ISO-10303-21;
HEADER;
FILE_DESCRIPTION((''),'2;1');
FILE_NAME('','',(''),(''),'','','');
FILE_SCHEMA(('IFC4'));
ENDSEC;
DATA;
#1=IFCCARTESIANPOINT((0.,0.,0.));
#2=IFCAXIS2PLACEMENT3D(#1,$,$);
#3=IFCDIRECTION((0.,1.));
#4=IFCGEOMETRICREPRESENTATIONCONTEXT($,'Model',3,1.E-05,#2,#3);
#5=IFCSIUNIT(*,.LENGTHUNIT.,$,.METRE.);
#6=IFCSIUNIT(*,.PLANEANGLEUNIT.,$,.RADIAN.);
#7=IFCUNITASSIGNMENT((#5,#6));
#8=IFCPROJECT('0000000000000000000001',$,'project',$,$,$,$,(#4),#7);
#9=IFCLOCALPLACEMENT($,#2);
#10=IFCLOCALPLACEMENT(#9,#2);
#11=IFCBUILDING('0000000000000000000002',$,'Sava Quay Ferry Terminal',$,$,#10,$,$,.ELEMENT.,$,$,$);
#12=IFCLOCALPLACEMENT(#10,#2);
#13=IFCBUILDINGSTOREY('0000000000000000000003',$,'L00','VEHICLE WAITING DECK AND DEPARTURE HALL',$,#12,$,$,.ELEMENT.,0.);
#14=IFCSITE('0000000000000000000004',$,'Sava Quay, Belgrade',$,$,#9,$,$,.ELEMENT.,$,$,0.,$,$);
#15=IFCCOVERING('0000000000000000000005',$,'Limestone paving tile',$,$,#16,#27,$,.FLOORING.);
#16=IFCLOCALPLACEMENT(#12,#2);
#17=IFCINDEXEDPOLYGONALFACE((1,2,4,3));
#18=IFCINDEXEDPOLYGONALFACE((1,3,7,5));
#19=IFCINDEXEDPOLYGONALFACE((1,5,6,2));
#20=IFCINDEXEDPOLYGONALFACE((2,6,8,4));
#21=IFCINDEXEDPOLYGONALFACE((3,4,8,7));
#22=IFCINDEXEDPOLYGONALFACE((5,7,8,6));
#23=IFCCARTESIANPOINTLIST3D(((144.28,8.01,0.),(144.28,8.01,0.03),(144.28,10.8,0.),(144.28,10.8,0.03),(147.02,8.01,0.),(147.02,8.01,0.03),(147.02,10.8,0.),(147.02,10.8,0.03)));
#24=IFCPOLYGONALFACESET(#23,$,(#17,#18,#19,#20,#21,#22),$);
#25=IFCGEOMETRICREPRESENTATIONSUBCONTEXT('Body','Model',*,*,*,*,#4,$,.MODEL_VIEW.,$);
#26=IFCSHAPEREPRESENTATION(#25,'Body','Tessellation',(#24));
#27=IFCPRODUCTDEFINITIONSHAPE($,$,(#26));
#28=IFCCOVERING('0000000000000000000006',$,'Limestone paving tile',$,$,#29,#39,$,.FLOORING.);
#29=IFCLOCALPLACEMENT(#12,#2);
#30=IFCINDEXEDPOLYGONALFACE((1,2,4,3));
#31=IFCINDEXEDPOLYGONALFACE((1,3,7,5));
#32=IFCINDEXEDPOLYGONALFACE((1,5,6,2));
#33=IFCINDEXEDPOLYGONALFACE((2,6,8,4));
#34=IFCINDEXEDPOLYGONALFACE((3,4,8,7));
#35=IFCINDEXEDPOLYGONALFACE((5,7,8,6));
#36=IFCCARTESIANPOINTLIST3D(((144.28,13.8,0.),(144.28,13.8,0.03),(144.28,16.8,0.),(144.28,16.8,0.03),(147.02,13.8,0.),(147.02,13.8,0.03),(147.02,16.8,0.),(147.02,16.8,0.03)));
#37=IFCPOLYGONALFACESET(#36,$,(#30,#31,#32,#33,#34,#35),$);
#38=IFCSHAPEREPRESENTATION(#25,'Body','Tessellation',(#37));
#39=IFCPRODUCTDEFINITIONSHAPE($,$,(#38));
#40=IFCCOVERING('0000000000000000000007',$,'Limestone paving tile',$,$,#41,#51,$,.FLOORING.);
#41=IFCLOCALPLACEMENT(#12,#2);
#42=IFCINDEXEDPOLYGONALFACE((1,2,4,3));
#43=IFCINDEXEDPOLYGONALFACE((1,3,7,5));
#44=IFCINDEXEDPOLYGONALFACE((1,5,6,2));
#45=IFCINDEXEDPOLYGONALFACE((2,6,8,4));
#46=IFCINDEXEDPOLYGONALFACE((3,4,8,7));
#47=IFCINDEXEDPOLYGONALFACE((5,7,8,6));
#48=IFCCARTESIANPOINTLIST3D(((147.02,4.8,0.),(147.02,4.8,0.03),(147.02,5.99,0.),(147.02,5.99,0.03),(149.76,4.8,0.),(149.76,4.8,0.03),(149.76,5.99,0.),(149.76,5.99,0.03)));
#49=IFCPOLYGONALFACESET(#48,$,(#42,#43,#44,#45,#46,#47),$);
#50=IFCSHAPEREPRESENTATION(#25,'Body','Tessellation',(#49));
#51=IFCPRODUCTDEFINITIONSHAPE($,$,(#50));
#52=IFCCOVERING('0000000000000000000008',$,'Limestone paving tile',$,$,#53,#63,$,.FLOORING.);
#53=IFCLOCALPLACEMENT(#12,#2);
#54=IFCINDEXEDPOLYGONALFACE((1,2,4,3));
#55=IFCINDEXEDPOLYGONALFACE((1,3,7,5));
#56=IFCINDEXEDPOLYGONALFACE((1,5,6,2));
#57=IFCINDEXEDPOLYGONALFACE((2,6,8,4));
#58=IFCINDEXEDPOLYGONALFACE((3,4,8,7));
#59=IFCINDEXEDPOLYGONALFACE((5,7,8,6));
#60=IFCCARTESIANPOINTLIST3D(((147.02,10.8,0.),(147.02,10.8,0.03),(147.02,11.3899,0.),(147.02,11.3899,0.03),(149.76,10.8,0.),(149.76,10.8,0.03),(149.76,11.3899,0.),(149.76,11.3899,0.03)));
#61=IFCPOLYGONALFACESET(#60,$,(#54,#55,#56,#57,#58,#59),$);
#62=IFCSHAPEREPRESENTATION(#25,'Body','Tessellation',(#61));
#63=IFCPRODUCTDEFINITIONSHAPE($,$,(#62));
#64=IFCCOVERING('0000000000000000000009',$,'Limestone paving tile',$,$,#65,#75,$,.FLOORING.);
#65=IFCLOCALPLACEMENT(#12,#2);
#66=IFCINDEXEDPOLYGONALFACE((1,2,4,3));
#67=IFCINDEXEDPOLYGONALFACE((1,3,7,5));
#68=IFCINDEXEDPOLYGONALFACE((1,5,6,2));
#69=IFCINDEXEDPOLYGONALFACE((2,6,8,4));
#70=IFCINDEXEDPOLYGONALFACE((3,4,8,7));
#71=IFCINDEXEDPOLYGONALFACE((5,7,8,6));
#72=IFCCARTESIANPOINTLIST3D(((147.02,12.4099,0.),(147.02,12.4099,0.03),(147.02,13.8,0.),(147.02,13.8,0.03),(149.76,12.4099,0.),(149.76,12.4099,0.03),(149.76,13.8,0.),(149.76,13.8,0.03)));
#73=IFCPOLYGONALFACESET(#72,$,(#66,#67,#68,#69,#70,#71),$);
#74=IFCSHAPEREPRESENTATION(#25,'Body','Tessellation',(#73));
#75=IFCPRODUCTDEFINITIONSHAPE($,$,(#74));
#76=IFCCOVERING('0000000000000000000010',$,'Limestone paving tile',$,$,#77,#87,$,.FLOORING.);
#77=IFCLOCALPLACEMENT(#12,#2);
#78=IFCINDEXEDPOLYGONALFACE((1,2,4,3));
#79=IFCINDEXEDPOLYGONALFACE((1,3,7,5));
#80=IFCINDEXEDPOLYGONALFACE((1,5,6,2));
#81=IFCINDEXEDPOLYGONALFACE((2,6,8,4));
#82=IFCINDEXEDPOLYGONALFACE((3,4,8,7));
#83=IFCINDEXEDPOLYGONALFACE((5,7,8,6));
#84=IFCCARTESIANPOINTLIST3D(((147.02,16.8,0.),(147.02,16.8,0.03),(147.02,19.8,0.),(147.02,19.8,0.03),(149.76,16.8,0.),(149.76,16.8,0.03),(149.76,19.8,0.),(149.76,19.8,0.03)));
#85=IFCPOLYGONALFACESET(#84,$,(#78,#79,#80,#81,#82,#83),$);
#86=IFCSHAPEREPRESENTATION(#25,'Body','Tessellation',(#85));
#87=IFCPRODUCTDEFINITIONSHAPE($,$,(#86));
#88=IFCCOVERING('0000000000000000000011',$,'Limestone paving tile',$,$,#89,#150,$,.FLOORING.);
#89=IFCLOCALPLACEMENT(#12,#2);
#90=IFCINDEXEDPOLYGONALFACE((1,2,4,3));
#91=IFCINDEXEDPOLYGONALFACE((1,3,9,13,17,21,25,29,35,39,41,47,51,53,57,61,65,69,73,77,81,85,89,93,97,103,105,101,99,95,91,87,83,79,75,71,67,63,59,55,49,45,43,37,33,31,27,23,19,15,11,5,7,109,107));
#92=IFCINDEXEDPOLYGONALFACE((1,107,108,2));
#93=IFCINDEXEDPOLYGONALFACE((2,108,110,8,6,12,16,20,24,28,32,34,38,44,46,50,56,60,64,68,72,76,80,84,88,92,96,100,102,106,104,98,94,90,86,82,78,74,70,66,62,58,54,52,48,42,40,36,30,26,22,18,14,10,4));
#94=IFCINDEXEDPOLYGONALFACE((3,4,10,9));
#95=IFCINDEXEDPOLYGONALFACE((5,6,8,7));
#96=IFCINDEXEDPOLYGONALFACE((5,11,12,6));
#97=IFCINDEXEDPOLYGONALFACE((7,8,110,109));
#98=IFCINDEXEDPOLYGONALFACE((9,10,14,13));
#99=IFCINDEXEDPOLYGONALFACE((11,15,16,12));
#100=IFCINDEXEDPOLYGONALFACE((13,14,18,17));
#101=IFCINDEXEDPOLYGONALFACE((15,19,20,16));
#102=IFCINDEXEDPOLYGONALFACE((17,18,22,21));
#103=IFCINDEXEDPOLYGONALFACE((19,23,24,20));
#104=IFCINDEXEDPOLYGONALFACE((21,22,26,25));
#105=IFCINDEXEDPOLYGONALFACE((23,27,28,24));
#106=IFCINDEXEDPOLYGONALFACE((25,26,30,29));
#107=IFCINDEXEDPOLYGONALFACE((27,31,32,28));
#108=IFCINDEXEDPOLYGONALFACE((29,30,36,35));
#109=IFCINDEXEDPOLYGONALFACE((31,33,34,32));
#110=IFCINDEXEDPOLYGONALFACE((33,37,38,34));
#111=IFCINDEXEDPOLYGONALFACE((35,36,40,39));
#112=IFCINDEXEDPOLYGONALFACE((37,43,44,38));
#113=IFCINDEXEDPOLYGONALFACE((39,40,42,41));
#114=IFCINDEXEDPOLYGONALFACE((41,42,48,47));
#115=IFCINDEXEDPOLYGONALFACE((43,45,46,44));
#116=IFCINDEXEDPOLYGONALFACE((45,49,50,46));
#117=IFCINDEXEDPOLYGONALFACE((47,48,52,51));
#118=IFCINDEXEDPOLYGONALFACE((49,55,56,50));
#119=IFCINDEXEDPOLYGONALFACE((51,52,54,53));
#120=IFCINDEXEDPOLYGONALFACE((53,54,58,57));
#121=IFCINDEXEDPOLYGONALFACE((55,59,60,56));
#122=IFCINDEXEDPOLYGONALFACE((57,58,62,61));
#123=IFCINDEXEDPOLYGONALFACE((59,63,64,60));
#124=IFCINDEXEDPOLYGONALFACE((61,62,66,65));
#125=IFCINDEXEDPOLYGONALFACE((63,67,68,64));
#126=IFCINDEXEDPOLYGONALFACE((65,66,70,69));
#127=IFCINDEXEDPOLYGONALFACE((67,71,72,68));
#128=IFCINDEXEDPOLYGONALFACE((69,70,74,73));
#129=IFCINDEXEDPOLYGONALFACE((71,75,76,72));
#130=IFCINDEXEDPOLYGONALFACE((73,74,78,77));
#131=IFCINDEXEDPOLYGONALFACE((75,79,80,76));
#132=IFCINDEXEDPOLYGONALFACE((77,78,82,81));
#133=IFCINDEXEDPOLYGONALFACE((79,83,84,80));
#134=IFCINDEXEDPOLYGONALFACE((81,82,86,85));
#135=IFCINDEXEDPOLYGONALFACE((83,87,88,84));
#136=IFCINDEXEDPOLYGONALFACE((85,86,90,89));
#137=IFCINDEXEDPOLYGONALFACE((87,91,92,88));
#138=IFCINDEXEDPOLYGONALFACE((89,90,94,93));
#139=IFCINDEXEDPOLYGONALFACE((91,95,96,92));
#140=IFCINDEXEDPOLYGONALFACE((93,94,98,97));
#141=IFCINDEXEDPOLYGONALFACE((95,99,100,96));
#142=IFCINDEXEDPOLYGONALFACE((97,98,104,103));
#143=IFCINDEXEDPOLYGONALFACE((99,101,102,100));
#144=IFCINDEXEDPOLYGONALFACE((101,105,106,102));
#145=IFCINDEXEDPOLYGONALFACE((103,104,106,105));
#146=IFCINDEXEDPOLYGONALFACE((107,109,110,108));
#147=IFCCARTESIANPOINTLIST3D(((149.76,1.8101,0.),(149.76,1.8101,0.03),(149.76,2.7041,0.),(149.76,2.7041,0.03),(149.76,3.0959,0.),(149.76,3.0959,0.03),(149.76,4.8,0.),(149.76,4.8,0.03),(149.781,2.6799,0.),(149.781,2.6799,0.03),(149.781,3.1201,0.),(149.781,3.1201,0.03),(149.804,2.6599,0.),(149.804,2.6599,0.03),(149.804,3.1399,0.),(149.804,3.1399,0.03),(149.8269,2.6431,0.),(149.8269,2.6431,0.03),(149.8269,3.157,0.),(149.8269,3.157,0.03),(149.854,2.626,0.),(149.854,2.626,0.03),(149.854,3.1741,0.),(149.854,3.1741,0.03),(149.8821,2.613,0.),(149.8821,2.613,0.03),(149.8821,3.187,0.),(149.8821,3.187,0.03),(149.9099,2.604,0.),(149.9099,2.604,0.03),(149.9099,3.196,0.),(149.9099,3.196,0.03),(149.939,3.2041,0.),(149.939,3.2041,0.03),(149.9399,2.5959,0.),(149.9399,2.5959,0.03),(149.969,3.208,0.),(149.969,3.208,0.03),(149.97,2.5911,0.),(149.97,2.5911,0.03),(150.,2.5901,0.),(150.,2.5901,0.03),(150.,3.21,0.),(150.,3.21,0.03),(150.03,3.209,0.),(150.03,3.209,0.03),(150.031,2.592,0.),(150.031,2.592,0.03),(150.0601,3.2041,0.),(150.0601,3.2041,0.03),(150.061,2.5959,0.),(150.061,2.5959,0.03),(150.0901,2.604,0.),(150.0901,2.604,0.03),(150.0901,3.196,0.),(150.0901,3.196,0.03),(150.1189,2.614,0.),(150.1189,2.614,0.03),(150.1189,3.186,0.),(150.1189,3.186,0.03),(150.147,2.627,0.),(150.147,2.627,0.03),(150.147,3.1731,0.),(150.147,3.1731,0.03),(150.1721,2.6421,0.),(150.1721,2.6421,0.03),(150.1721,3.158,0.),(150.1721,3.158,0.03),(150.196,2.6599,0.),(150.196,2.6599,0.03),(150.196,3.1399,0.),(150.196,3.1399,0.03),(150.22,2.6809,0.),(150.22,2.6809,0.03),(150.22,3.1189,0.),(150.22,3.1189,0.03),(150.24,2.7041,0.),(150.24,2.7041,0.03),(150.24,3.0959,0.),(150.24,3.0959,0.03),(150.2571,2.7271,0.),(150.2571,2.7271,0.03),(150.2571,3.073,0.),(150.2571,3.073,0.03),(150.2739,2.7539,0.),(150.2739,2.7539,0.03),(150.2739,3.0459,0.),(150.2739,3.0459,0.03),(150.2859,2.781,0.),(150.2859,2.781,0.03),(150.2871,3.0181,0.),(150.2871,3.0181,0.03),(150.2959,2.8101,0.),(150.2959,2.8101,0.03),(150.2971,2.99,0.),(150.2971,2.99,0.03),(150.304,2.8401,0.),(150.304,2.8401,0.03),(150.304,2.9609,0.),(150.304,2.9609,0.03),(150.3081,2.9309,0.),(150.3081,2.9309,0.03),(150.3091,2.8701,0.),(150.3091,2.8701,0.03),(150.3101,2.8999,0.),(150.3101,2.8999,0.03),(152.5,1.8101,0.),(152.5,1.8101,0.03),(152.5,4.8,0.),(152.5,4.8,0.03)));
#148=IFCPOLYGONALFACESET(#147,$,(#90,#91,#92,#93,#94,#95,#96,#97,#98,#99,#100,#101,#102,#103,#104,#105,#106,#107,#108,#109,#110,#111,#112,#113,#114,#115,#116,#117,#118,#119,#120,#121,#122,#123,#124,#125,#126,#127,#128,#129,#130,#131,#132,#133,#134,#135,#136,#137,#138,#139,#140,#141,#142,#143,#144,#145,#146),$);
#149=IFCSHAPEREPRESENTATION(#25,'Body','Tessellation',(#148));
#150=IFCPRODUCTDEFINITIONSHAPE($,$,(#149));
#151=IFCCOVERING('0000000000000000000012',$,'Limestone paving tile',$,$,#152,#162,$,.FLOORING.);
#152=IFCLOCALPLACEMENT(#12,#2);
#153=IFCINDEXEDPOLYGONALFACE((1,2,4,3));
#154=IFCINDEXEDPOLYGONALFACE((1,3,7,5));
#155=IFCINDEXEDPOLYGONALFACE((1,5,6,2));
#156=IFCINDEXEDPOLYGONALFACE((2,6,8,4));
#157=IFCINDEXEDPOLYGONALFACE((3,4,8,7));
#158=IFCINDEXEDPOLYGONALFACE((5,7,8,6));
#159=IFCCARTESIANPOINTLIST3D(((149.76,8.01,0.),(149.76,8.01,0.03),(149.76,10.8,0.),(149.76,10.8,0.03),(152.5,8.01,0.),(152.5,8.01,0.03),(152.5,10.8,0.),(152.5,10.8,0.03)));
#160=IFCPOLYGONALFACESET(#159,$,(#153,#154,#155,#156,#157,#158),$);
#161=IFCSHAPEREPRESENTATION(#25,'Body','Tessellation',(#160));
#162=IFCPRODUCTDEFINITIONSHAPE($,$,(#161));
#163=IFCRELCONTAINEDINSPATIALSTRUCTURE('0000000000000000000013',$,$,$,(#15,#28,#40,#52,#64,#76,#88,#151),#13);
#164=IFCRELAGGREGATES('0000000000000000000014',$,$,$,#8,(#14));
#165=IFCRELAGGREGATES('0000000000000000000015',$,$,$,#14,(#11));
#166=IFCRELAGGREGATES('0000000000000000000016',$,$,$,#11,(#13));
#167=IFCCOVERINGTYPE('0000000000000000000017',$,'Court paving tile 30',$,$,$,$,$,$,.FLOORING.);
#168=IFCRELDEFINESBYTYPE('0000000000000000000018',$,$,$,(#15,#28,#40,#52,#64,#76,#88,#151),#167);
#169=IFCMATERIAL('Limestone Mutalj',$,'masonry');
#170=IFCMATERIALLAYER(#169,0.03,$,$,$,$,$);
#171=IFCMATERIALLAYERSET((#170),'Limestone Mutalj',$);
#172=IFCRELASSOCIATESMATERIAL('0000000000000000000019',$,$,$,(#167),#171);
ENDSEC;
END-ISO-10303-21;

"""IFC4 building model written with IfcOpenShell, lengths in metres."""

from ifc_helpers import new_model, si_unit, direction, origin, place, context, subcontext, project, spatial, polyline, outline, extrude, material, layer, layer_set, type_object, element, save


model = new_model("IFC4")

# Units and contexts
model_context = context("Model", 3, precision=1e-05, world=origin(), true_north=direction((0.0, 1.0)))
body_context = subcontext(model_context, "Body", "Model", "MODEL_VIEW")
ifc_project = project(units=[si_unit("LENGTHUNIT", "METRE"), si_unit("PLANEANGLEUNIT", "RADIAN")], contexts=[model_context])

# Site, building, storey
site_placement = place(None, origin())
site = spatial("IfcSite", under=ifc_project, at=site_placement, Name="Sava Quay, Belgrade", CompositionType="ELEMENT", RefElevation=0.0)
building_placement = place(site_placement, origin())
building = spatial("IfcBuilding", under=site, at=building_placement, Name="Sava Quay Ferry Terminal", CompositionType="ELEMENT")
storey_placement = place(building_placement, origin())
storey = spatial("IfcBuildingStorey", under=building, at=storey_placement, Name="L00", Description="VEHICLE WAITING DECK AND DEPARTURE HALL", CompositionType="ELEMENT", Elevation=0.0)

# Coverings
ifc_material_1 = material(Name="Limestone Mutalj", Category="masonry")
ifc_layer_1 = layer(ifc_material_1, 0.03)
ifc_layer_set_1 = layer_set([ifc_layer_1], Name="Limestone Mutalj")
covering_type_1 = type_object("IfcCoveringType", Name="Court paving tile 30", PredefinedType="FLOORING", material=ifc_layer_set_1)
covering_1_placement = place(storey_placement, origin())
element("IfcCovering", 1, at=covering_1_placement, inside=storey, type_object=covering_type_1, Name="Limestone paving tile", PredefinedType="FLOORING", context=body_context, shape_type="SweptSolid", body=[
    extrude(outline(polyline([(144.28, 10.8), (144.28, 8.01), (147.02, 8.01), (147.02, 10.8), (144.28, 10.8)])), origin(), (0.0, 0.0, 1.0), 0.03),
])
covering_2_placement = place(storey_placement, origin())
element("IfcCovering", 2, at=covering_2_placement, inside=storey, type_object=covering_type_1, Name="Limestone paving tile", PredefinedType="FLOORING", context=body_context, shape_type="SweptSolid", body=[
    extrude(outline(polyline([(144.28, 13.8), (147.02, 13.8), (147.02, 16.8), (144.28, 16.8), (144.28, 13.8)])), origin(), (0.0, 0.0, 1.0), 0.03),
])
covering_3_placement = place(storey_placement, origin())
element("IfcCovering", 3, at=covering_3_placement, inside=storey, type_object=covering_type_1, Name="Limestone paving tile", PredefinedType="FLOORING", context=body_context, shape_type="SweptSolid", body=[
    extrude(outline(polyline([(149.76, 4.8), (149.76, 5.99), (147.02, 5.99), (147.02, 4.8), (149.76, 4.8)])), origin(), (0.0, 0.0, 1.0), 0.03),
])
covering_4_placement = place(storey_placement, origin())
element("IfcCovering", 4, at=covering_4_placement, inside=storey, type_object=covering_type_1, Name="Limestone paving tile", PredefinedType="FLOORING", context=body_context, shape_type="SweptSolid", body=[
    extrude(outline(polyline([(149.76, 10.8), (149.76, 11.3899), (147.02, 11.3899), (147.02, 10.8), (149.76, 10.8)])), origin(), (0.0, 0.0, 1.0), 0.03),
])
covering_5_placement = place(storey_placement, origin())
element("IfcCovering", 5, at=covering_5_placement, inside=storey, type_object=covering_type_1, Name="Limestone paving tile", PredefinedType="FLOORING", context=body_context, shape_type="SweptSolid", body=[
    extrude(outline(polyline([(147.02, 13.8), (147.02, 12.4099), (149.76, 12.4099), (149.76, 13.8), (147.02, 13.8)])), origin(), (0.0, 0.0, 1.0), 0.03),
])
covering_6_placement = place(storey_placement, origin())
element("IfcCovering", 6, at=covering_6_placement, inside=storey, type_object=covering_type_1, Name="Limestone paving tile", PredefinedType="FLOORING", context=body_context, shape_type="SweptSolid", body=[
    extrude(outline(polyline([(149.76, 16.8), (149.76, 19.8), (147.02, 19.8), (147.02, 16.8), (149.76, 16.8)])), origin(), (0.0, 0.0, 1.0), 0.03),
])
covering_7_placement = place(storey_placement, origin())
element("IfcCovering", 7, at=covering_7_placement, inside=storey, type_object=covering_type_1, Name="Limestone paving tile", PredefinedType="FLOORING", context=body_context, shape_type="SweptSolid", body=[
    extrude(outline(polyline([(149.76, 4.8), (149.76, 3.0959), (149.781, 3.1201), (149.804, 3.1399), (149.8269, 3.157), (149.854, 3.1741), (149.8821, 3.187), (149.9099, 3.196), (149.939, 3.2041), (149.969, 3.208), (150.0, 3.21), (150.03, 3.209), (150.0601, 3.2041), (150.0901, 3.196), (150.1189, 3.186), (150.147, 3.1731), (150.1721, 3.158), (150.196, 3.1399), (150.22, 3.1189), (150.24, 3.0959), (150.2571, 3.073), (150.2739, 3.0459), (150.2871, 3.0181), (150.2971, 2.99), (150.304, 2.9609), (150.3081, 2.9309), (150.3101, 2.8999), (150.3091, 2.8701), (150.304, 2.8401), (150.2959, 2.8101), (150.2859, 2.781), (150.2739, 2.7539), (150.2571, 2.7271), (150.24, 2.7041), (150.22, 2.6809), (150.196, 2.6599), (150.1721, 2.6421), (150.147, 2.627), (150.1189, 2.614), (150.0901, 2.604), (150.061, 2.5959), (150.031, 2.592), (150.0, 2.5901), (149.97, 2.5911), (149.9399, 2.5959), (149.9099, 2.604), (149.8821, 2.613), (149.854, 2.626), (149.8269, 2.6431), (149.804, 2.6599), (149.781, 2.6799), (149.76, 2.7041), (149.76, 1.8101), (152.5, 1.8101), (152.5, 4.8), (149.76, 4.8)])), origin(), (0.0, 0.0, 1.0), 0.03),
])
covering_8_placement = place(storey_placement, origin())
element("IfcCovering", 8, at=covering_8_placement, inside=storey, type_object=covering_type_1, Name="Limestone paving tile", PredefinedType="FLOORING", context=body_context, shape_type="SweptSolid", body=[
    extrude(outline(polyline([(149.76, 10.8), (149.76, 8.01), (152.5, 8.01), (152.5, 10.8), (149.76, 10.8)])), origin(), (0.0, 0.0, 1.0), 0.03),
])

save(model, "model.ifc")
